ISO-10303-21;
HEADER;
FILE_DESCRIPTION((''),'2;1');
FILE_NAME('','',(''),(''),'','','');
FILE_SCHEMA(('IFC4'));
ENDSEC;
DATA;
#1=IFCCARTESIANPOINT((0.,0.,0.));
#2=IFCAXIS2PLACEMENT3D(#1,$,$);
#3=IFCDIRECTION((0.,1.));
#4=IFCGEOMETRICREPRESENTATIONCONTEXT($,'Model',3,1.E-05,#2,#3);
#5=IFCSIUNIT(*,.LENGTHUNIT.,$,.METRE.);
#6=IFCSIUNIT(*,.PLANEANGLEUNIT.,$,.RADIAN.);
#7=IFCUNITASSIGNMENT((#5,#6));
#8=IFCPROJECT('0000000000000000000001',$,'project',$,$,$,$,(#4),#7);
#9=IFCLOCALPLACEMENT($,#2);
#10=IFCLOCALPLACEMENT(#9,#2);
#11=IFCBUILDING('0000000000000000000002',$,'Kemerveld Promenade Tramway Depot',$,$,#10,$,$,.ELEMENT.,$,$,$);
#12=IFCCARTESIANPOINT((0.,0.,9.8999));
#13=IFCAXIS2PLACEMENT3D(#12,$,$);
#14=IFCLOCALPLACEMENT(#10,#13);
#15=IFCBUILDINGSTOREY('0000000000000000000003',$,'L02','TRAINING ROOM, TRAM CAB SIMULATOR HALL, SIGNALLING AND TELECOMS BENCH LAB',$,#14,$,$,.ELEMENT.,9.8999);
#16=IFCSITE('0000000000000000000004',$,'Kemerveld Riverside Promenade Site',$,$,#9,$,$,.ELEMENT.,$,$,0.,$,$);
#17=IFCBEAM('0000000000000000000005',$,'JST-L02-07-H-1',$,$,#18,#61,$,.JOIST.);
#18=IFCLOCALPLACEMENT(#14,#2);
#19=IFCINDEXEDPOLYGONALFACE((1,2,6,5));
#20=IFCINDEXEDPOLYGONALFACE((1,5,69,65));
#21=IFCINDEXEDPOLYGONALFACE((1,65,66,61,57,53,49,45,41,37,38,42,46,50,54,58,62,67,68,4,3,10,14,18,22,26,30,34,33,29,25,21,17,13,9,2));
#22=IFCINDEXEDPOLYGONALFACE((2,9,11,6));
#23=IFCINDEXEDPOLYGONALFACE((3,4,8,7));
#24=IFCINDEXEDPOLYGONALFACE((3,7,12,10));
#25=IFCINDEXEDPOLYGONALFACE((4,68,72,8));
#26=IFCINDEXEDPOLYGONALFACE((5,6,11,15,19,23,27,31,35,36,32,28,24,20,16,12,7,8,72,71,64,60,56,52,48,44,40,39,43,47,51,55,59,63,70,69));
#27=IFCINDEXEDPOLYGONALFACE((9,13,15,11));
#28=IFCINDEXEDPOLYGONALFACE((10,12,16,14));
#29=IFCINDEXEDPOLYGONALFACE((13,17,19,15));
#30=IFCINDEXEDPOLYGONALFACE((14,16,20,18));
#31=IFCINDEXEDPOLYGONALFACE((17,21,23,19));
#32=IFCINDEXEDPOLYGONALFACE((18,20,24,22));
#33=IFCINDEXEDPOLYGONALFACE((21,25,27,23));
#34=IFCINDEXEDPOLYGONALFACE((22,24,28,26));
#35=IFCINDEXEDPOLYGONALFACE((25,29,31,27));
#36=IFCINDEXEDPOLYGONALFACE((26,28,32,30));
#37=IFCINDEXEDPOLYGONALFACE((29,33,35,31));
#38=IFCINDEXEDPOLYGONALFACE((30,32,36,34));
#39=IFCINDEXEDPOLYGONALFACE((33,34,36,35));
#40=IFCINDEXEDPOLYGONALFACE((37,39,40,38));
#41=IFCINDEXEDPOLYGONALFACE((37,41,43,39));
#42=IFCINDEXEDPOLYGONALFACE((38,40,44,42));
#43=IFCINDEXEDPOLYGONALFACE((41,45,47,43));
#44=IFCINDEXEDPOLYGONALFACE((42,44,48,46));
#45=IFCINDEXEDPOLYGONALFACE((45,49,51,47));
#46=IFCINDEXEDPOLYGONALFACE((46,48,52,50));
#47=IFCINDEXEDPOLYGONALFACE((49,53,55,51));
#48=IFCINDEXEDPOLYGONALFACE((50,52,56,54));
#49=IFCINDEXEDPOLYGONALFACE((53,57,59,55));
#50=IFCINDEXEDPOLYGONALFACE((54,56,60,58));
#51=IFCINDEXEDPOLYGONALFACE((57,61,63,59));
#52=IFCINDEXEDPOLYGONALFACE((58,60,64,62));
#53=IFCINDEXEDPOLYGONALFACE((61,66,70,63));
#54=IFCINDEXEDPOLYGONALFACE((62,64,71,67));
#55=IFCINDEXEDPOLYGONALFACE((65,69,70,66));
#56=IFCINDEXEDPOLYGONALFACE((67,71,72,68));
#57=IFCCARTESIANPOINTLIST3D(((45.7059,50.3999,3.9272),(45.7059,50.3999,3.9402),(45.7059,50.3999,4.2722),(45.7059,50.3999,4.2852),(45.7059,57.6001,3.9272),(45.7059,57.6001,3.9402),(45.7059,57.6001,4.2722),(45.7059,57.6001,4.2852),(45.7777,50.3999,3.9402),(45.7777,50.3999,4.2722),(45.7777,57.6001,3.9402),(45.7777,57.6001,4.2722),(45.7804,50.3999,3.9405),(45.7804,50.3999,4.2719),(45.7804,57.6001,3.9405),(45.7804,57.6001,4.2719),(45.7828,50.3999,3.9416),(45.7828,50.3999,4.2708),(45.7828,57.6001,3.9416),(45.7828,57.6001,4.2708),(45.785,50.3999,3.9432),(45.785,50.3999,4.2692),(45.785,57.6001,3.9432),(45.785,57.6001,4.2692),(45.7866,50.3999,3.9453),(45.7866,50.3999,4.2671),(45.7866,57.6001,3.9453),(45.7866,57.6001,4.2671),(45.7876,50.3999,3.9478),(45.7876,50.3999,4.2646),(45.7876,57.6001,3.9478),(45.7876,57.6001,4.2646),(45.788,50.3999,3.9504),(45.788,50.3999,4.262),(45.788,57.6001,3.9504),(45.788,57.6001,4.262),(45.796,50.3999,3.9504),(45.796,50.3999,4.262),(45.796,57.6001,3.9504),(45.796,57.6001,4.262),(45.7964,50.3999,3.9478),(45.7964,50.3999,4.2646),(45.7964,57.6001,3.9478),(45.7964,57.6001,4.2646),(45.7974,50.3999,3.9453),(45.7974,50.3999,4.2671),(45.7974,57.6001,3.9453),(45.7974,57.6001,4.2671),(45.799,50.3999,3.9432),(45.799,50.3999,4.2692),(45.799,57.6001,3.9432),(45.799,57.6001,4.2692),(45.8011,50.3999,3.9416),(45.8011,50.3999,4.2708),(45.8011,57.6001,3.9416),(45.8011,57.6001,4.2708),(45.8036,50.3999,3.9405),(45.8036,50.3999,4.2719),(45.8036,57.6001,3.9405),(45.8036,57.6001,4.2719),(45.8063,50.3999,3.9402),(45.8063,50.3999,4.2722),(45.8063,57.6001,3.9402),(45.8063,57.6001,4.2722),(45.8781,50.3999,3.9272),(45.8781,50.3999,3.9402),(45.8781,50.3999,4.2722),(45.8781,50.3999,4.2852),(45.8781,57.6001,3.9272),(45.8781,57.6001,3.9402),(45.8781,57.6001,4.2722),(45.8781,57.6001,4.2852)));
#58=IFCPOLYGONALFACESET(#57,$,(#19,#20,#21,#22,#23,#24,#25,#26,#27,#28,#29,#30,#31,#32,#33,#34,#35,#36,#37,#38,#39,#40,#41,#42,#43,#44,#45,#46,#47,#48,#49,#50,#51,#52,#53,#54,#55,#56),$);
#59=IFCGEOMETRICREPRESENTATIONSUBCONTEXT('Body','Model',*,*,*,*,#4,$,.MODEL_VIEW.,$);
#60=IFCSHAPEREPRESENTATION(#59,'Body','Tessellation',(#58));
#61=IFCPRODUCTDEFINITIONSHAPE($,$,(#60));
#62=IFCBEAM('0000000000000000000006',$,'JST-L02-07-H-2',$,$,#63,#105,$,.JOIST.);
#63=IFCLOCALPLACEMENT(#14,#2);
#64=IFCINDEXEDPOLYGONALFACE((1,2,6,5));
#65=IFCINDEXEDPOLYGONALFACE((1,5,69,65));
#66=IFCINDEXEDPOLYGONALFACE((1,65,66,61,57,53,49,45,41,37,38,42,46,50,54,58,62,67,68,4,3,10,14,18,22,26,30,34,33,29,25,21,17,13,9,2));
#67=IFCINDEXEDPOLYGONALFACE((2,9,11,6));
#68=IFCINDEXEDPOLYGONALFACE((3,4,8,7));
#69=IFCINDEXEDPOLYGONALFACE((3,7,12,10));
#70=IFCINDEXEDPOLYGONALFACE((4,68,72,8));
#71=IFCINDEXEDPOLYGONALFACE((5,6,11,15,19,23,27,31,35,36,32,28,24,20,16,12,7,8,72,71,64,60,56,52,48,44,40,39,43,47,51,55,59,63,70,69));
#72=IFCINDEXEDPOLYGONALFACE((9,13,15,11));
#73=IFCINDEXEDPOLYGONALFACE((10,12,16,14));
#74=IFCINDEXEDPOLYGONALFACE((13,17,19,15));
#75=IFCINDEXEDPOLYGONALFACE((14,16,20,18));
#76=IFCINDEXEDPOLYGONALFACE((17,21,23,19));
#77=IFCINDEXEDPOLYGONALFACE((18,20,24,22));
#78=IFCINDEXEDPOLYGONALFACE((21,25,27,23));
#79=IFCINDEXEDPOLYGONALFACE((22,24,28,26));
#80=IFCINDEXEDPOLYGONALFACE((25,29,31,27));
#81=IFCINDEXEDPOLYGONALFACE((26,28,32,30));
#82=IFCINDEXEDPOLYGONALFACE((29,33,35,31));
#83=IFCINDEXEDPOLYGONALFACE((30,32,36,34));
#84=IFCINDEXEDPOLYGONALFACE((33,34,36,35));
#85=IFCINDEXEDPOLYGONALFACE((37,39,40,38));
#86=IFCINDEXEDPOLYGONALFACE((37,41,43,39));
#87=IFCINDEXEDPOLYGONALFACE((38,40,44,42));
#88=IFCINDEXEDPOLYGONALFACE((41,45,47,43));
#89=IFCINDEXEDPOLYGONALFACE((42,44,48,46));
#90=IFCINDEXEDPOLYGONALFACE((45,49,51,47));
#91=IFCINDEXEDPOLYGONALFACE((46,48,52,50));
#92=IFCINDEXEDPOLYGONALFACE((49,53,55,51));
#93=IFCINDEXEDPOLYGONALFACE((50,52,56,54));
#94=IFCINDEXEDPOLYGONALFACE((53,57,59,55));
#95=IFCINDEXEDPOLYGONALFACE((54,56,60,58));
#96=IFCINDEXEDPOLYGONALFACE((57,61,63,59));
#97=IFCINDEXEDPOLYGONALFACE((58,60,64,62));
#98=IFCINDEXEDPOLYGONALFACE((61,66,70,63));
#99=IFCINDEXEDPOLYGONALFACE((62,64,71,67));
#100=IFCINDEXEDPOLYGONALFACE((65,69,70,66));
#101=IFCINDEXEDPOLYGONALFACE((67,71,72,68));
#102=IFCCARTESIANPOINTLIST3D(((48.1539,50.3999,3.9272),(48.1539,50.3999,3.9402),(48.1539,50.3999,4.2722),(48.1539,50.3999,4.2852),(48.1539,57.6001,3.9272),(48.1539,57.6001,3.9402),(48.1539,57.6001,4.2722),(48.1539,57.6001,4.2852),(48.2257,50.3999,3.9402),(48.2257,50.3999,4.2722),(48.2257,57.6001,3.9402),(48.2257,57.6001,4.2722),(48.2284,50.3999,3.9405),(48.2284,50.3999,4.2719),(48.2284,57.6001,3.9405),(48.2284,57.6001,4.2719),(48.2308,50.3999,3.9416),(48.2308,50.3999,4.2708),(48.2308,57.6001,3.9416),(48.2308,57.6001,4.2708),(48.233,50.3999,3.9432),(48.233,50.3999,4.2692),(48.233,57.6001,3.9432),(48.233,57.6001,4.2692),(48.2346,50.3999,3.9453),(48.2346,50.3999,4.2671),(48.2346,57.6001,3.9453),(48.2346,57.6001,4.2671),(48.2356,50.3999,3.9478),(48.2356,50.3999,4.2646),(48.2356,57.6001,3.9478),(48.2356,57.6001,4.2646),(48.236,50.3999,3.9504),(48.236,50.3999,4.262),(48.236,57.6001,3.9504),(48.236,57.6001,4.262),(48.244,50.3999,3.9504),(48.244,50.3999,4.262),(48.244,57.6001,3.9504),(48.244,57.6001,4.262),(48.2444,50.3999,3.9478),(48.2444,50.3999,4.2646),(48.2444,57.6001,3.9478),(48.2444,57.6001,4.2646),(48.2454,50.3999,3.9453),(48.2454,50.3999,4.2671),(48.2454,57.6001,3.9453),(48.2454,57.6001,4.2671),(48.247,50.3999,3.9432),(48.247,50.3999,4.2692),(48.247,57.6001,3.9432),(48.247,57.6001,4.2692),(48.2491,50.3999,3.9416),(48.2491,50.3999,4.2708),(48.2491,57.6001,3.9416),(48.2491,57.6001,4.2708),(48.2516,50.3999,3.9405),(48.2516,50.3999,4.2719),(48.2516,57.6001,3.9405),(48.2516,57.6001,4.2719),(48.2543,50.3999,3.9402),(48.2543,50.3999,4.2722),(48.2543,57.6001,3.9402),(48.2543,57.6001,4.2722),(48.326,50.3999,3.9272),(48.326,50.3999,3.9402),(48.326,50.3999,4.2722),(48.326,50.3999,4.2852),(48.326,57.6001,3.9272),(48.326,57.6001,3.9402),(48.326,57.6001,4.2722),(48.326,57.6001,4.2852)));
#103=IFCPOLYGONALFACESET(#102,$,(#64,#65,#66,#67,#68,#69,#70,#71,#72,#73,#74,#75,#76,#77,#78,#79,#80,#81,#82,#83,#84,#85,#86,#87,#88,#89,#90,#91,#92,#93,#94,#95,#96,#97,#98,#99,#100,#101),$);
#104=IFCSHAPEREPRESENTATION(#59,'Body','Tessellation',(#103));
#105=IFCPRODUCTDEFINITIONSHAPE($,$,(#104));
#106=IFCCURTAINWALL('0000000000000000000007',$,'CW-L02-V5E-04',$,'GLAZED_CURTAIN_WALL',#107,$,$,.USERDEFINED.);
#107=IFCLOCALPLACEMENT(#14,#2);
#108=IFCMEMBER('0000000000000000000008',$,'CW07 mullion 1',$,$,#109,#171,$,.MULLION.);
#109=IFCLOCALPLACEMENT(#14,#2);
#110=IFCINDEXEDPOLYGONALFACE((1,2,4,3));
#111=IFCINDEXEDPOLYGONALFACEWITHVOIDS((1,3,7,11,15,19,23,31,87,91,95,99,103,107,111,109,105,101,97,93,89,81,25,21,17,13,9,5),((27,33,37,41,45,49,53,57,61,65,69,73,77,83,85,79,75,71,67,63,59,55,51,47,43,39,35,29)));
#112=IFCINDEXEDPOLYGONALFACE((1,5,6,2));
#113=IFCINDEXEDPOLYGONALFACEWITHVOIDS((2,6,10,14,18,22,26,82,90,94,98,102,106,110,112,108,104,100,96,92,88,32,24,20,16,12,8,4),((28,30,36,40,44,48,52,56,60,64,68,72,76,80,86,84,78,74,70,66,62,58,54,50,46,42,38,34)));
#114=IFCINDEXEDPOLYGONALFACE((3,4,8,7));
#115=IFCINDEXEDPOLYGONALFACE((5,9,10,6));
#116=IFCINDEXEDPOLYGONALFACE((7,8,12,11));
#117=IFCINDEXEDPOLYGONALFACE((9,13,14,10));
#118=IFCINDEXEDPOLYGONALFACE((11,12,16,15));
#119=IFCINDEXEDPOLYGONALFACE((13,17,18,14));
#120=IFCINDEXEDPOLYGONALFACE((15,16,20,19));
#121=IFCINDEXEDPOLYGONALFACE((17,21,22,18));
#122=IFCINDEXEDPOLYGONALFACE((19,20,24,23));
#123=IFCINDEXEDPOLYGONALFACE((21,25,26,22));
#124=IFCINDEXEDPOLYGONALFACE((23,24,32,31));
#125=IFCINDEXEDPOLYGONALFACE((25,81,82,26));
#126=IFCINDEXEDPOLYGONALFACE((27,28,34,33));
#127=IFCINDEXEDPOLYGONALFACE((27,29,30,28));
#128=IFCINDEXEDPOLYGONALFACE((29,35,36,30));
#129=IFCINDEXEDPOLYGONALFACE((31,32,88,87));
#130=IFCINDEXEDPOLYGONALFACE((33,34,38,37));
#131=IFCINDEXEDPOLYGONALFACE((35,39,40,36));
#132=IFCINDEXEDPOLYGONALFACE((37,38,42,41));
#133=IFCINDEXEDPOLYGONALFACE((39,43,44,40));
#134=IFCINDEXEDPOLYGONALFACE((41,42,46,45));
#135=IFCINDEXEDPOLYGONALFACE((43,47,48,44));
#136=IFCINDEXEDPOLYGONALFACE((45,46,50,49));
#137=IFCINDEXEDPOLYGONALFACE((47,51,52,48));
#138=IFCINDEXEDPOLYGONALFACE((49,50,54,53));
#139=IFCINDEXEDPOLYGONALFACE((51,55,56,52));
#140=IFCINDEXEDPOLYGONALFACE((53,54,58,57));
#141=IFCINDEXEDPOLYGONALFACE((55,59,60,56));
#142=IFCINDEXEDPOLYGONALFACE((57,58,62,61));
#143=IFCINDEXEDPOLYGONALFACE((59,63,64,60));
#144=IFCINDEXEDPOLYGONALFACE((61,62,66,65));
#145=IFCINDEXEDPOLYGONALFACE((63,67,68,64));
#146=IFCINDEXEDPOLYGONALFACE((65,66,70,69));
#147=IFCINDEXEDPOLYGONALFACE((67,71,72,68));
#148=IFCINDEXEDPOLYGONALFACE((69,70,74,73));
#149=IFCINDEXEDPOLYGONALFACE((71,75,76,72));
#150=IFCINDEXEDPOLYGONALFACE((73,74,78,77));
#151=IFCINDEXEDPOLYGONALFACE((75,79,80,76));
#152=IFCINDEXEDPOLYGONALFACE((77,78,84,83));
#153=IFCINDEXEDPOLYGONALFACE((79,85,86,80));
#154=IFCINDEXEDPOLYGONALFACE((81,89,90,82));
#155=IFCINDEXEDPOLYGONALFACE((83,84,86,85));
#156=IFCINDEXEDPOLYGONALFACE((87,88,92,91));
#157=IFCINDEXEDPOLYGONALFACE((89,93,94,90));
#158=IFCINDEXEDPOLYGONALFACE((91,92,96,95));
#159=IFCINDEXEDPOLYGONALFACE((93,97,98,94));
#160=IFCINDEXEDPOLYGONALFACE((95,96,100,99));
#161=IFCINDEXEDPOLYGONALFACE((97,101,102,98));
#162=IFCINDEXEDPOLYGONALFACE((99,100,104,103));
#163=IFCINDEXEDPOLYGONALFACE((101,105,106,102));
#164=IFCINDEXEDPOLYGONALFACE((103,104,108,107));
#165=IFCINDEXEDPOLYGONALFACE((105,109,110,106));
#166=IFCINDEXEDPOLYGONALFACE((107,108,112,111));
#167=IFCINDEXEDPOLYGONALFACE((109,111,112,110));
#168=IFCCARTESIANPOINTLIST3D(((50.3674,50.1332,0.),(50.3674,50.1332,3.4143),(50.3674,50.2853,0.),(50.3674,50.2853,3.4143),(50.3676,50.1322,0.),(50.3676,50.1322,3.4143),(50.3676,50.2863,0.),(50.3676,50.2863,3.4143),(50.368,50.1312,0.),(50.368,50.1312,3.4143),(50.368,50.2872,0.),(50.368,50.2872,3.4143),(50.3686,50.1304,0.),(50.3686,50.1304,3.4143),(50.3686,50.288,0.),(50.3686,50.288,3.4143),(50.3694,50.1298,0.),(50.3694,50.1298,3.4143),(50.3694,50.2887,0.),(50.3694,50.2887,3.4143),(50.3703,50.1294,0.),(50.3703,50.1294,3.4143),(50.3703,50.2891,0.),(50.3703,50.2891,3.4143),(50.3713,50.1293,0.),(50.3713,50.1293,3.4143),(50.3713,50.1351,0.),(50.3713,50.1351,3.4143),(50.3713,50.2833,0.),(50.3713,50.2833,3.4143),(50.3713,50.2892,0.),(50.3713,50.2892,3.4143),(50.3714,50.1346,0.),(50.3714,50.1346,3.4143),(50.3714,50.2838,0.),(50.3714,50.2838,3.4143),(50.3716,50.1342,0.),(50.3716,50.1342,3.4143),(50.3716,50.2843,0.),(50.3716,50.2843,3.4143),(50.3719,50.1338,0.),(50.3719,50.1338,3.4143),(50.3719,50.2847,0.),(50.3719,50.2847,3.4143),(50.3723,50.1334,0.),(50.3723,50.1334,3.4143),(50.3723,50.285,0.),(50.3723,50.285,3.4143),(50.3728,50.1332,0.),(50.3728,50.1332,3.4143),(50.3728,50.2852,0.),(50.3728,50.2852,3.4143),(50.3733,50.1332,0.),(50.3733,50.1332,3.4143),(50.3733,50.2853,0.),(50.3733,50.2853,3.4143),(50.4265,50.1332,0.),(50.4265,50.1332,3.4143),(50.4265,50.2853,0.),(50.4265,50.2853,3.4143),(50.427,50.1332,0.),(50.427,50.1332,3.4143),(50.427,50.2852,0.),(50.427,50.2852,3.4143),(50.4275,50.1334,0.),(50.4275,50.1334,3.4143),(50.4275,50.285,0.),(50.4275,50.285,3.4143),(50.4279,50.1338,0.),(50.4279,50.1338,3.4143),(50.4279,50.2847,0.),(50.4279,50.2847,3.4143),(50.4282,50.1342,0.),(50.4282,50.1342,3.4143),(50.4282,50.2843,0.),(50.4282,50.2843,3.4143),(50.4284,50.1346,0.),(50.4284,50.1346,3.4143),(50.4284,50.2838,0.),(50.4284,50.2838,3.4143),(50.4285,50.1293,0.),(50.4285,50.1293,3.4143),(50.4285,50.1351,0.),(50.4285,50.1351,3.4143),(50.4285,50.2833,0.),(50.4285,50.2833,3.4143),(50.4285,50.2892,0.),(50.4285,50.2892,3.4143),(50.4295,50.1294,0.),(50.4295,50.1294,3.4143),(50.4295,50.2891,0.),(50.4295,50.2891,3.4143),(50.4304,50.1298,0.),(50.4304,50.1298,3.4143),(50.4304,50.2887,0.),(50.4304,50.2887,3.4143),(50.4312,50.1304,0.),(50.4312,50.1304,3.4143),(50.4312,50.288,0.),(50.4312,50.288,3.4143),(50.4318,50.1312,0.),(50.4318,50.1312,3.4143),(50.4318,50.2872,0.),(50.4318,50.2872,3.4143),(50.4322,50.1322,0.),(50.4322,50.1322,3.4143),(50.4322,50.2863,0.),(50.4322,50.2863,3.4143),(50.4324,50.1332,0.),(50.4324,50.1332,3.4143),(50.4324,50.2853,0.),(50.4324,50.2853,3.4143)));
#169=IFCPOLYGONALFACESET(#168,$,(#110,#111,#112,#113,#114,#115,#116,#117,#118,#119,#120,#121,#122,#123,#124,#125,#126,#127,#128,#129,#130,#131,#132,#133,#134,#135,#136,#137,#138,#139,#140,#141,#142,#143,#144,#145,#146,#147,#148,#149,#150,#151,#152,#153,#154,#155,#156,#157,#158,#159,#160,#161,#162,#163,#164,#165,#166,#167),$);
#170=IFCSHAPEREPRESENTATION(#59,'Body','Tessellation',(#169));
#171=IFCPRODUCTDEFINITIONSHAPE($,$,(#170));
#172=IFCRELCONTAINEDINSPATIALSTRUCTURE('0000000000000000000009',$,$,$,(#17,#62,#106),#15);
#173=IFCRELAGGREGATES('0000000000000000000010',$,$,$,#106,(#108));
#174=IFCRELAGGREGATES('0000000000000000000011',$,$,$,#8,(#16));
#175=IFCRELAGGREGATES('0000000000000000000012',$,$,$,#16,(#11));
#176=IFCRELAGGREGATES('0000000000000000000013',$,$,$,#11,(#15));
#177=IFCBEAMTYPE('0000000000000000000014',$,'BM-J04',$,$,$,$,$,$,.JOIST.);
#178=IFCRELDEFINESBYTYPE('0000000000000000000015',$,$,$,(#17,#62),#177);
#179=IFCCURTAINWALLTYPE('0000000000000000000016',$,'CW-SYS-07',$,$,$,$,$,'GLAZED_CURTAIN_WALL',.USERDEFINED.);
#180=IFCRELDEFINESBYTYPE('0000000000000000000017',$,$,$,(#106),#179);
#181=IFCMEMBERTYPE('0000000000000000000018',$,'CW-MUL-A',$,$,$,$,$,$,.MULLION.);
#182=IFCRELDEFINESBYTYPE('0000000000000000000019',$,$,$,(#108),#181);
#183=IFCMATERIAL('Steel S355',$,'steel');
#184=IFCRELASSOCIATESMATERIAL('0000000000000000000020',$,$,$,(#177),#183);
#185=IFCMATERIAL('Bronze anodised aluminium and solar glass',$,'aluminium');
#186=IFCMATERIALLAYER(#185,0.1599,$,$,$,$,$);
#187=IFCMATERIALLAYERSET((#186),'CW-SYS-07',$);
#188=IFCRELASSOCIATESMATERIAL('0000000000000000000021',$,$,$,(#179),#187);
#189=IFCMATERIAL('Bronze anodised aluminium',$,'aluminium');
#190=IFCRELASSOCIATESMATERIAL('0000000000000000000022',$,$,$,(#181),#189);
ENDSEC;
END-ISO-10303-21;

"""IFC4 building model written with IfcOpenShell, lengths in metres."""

from ifc_helpers import new_model, si_unit, direction, frame, origin, origin_2d, place, context, subcontext, project, spatial, hollow_rectangle, i_section, extrude, material, layer, layer_set, material_profile, profile_set, type_object, element, aggregate, save


model = new_model("IFC4")

# Units and contexts
model_context = context("Model", 3, precision=1e-05, world=origin(), true_north=direction((0.0, 1.0)))
body_context = subcontext(model_context, "Body", "Model", "MODEL_VIEW")
ifc_project = project(units=[si_unit("LENGTHUNIT", "METRE"), si_unit("PLANEANGLEUNIT", "RADIAN")], contexts=[model_context])

# Site, building, storey
site_placement = place(None, origin())
site = spatial("IfcSite", under=ifc_project, at=site_placement, Name="Kemerveld Riverside Promenade Site", CompositionType="ELEMENT", RefElevation=0.0)
building_placement = place(site_placement, origin())
building = spatial("IfcBuilding", under=site, at=building_placement, Name="Kemerveld Promenade Tramway Depot", CompositionType="ELEMENT")
storey_placement = place(building_placement, frame((0.0, 0.0, 9.8999)))
storey = spatial("IfcBuildingStorey", under=building, at=storey_placement, Name="L02", Description="TRAINING ROOM, TRAM CAB SIMULATOR HALL, SIGNALLING AND TELECOMS BENCH LAB", CompositionType="ELEMENT", Elevation=9.8999)

# Shared definitions
ifc_material_1 = material(Name="Steel S355", Category="steel")

# Beams
ifc_material_profile_1 = material_profile(ifc_material_1, i_section(OverallWidth=0.1721, OverallDepth=0.3579, WebThickness=0.0081, FlangeThickness=0.0129, FilletRadius=0.0103, at=origin_2d()), Name="356x171x57 UB")
ifc_profile_set_1 = profile_set([ifc_material_profile_1], Name="Steel S355")
beam_type_1 = type_object("IfcBeamType", Name="BM-J04", PredefinedType="JOIST", material=ifc_profile_set_1)
for number, where, z_axis, x_axis, name in (
    (1, (45.792, 50.3999, 4.1062), (0.0, 1.0, 0.0), (-1.0, 0.0, 0.0), "JST-L02-07-H-1"),
    (2, (48.24, 50.3999, 4.1062), (0.0, 1.0, 0.0), (-1.0, 0.0, 0.0), "JST-L02-07-H-2"),
):
    element("IfcBeam", number, at=place(storey_placement, frame(where, z_axis=z_axis, x_axis=x_axis)), inside=storey, type_object=beam_type_1, Name=name, PredefinedType="JOIST", context=body_context, shape_type="SweptSolid", body=[
        extrude(i_section(OverallWidth=0.1721, OverallDepth=0.3579, WebThickness=0.0081, FlangeThickness=0.0129, FilletRadius=0.0103, at=origin_2d()), origin(), (0.0, 0.0, 1.0), 7.2002),
    ])

# Curtain wall, member
ifc_material_2 = material(Name="Bronze anodised aluminium and solar glass", Category="aluminium")
ifc_layer_1 = layer(ifc_material_2, 0.1599)
ifc_layer_set_1 = layer_set([ifc_layer_1], Name="CW-SYS-07")
curtain_wall_type = type_object("IfcCurtainWallType", Name="CW-SYS-07", ElementType="GLAZED_CURTAIN_WALL", PredefinedType="USERDEFINED", material=ifc_layer_set_1)
curtain_wall_placement = place(storey_placement, origin())
curtain_wall = element("IfcCurtainWall", 3, at=curtain_wall_placement, inside=storey, type_object=curtain_wall_type, Name="CW-L02-V5E-04", ObjectType="GLAZED_CURTAIN_WALL", PredefinedType="USERDEFINED")
ifc_material_3 = material(Name="Bronze anodised aluminium", Category="aluminium")
ifc_material_profile_2 = material_profile(ifc_material_3, hollow_rectangle(XDim=0.0649, YDim=0.1599, WallThickness=0.0039, InnerFilletRadius=0.002, OuterFilletRadius=0.0039, at=origin_2d()), Name="CW-MUL-160x65")
ifc_profile_set_2 = profile_set([ifc_material_profile_2], Name="Bronze anodised aluminium")
member_type_1 = type_object("IfcMemberType", Name="CW-MUL-A", PredefinedType="MULLION", material=ifc_profile_set_2)
member_1_placement = place(storey_placement, frame((50.3999, 50.2092, 0.0), z_axis=(0.0, 0.0, 1.0), x_axis=(1.0, 0.0, 0.0)))
member_1 = element("IfcMember", 4, at=member_1_placement, type_object=member_type_1, Name="CW07 mullion 1", PredefinedType="MULLION", context=body_context, shape_type="SweptSolid", body=[
    extrude(hollow_rectangle(XDim=0.0649, YDim=0.1599, WallThickness=0.0039, InnerFilletRadius=0.002, OuterFilletRadius=0.0039, at=origin_2d()), origin(), (0.0, 0.0, 1.0), 3.4143),
])
aggregate(curtain_wall, [member_1])

save(model, "model.ifc")
